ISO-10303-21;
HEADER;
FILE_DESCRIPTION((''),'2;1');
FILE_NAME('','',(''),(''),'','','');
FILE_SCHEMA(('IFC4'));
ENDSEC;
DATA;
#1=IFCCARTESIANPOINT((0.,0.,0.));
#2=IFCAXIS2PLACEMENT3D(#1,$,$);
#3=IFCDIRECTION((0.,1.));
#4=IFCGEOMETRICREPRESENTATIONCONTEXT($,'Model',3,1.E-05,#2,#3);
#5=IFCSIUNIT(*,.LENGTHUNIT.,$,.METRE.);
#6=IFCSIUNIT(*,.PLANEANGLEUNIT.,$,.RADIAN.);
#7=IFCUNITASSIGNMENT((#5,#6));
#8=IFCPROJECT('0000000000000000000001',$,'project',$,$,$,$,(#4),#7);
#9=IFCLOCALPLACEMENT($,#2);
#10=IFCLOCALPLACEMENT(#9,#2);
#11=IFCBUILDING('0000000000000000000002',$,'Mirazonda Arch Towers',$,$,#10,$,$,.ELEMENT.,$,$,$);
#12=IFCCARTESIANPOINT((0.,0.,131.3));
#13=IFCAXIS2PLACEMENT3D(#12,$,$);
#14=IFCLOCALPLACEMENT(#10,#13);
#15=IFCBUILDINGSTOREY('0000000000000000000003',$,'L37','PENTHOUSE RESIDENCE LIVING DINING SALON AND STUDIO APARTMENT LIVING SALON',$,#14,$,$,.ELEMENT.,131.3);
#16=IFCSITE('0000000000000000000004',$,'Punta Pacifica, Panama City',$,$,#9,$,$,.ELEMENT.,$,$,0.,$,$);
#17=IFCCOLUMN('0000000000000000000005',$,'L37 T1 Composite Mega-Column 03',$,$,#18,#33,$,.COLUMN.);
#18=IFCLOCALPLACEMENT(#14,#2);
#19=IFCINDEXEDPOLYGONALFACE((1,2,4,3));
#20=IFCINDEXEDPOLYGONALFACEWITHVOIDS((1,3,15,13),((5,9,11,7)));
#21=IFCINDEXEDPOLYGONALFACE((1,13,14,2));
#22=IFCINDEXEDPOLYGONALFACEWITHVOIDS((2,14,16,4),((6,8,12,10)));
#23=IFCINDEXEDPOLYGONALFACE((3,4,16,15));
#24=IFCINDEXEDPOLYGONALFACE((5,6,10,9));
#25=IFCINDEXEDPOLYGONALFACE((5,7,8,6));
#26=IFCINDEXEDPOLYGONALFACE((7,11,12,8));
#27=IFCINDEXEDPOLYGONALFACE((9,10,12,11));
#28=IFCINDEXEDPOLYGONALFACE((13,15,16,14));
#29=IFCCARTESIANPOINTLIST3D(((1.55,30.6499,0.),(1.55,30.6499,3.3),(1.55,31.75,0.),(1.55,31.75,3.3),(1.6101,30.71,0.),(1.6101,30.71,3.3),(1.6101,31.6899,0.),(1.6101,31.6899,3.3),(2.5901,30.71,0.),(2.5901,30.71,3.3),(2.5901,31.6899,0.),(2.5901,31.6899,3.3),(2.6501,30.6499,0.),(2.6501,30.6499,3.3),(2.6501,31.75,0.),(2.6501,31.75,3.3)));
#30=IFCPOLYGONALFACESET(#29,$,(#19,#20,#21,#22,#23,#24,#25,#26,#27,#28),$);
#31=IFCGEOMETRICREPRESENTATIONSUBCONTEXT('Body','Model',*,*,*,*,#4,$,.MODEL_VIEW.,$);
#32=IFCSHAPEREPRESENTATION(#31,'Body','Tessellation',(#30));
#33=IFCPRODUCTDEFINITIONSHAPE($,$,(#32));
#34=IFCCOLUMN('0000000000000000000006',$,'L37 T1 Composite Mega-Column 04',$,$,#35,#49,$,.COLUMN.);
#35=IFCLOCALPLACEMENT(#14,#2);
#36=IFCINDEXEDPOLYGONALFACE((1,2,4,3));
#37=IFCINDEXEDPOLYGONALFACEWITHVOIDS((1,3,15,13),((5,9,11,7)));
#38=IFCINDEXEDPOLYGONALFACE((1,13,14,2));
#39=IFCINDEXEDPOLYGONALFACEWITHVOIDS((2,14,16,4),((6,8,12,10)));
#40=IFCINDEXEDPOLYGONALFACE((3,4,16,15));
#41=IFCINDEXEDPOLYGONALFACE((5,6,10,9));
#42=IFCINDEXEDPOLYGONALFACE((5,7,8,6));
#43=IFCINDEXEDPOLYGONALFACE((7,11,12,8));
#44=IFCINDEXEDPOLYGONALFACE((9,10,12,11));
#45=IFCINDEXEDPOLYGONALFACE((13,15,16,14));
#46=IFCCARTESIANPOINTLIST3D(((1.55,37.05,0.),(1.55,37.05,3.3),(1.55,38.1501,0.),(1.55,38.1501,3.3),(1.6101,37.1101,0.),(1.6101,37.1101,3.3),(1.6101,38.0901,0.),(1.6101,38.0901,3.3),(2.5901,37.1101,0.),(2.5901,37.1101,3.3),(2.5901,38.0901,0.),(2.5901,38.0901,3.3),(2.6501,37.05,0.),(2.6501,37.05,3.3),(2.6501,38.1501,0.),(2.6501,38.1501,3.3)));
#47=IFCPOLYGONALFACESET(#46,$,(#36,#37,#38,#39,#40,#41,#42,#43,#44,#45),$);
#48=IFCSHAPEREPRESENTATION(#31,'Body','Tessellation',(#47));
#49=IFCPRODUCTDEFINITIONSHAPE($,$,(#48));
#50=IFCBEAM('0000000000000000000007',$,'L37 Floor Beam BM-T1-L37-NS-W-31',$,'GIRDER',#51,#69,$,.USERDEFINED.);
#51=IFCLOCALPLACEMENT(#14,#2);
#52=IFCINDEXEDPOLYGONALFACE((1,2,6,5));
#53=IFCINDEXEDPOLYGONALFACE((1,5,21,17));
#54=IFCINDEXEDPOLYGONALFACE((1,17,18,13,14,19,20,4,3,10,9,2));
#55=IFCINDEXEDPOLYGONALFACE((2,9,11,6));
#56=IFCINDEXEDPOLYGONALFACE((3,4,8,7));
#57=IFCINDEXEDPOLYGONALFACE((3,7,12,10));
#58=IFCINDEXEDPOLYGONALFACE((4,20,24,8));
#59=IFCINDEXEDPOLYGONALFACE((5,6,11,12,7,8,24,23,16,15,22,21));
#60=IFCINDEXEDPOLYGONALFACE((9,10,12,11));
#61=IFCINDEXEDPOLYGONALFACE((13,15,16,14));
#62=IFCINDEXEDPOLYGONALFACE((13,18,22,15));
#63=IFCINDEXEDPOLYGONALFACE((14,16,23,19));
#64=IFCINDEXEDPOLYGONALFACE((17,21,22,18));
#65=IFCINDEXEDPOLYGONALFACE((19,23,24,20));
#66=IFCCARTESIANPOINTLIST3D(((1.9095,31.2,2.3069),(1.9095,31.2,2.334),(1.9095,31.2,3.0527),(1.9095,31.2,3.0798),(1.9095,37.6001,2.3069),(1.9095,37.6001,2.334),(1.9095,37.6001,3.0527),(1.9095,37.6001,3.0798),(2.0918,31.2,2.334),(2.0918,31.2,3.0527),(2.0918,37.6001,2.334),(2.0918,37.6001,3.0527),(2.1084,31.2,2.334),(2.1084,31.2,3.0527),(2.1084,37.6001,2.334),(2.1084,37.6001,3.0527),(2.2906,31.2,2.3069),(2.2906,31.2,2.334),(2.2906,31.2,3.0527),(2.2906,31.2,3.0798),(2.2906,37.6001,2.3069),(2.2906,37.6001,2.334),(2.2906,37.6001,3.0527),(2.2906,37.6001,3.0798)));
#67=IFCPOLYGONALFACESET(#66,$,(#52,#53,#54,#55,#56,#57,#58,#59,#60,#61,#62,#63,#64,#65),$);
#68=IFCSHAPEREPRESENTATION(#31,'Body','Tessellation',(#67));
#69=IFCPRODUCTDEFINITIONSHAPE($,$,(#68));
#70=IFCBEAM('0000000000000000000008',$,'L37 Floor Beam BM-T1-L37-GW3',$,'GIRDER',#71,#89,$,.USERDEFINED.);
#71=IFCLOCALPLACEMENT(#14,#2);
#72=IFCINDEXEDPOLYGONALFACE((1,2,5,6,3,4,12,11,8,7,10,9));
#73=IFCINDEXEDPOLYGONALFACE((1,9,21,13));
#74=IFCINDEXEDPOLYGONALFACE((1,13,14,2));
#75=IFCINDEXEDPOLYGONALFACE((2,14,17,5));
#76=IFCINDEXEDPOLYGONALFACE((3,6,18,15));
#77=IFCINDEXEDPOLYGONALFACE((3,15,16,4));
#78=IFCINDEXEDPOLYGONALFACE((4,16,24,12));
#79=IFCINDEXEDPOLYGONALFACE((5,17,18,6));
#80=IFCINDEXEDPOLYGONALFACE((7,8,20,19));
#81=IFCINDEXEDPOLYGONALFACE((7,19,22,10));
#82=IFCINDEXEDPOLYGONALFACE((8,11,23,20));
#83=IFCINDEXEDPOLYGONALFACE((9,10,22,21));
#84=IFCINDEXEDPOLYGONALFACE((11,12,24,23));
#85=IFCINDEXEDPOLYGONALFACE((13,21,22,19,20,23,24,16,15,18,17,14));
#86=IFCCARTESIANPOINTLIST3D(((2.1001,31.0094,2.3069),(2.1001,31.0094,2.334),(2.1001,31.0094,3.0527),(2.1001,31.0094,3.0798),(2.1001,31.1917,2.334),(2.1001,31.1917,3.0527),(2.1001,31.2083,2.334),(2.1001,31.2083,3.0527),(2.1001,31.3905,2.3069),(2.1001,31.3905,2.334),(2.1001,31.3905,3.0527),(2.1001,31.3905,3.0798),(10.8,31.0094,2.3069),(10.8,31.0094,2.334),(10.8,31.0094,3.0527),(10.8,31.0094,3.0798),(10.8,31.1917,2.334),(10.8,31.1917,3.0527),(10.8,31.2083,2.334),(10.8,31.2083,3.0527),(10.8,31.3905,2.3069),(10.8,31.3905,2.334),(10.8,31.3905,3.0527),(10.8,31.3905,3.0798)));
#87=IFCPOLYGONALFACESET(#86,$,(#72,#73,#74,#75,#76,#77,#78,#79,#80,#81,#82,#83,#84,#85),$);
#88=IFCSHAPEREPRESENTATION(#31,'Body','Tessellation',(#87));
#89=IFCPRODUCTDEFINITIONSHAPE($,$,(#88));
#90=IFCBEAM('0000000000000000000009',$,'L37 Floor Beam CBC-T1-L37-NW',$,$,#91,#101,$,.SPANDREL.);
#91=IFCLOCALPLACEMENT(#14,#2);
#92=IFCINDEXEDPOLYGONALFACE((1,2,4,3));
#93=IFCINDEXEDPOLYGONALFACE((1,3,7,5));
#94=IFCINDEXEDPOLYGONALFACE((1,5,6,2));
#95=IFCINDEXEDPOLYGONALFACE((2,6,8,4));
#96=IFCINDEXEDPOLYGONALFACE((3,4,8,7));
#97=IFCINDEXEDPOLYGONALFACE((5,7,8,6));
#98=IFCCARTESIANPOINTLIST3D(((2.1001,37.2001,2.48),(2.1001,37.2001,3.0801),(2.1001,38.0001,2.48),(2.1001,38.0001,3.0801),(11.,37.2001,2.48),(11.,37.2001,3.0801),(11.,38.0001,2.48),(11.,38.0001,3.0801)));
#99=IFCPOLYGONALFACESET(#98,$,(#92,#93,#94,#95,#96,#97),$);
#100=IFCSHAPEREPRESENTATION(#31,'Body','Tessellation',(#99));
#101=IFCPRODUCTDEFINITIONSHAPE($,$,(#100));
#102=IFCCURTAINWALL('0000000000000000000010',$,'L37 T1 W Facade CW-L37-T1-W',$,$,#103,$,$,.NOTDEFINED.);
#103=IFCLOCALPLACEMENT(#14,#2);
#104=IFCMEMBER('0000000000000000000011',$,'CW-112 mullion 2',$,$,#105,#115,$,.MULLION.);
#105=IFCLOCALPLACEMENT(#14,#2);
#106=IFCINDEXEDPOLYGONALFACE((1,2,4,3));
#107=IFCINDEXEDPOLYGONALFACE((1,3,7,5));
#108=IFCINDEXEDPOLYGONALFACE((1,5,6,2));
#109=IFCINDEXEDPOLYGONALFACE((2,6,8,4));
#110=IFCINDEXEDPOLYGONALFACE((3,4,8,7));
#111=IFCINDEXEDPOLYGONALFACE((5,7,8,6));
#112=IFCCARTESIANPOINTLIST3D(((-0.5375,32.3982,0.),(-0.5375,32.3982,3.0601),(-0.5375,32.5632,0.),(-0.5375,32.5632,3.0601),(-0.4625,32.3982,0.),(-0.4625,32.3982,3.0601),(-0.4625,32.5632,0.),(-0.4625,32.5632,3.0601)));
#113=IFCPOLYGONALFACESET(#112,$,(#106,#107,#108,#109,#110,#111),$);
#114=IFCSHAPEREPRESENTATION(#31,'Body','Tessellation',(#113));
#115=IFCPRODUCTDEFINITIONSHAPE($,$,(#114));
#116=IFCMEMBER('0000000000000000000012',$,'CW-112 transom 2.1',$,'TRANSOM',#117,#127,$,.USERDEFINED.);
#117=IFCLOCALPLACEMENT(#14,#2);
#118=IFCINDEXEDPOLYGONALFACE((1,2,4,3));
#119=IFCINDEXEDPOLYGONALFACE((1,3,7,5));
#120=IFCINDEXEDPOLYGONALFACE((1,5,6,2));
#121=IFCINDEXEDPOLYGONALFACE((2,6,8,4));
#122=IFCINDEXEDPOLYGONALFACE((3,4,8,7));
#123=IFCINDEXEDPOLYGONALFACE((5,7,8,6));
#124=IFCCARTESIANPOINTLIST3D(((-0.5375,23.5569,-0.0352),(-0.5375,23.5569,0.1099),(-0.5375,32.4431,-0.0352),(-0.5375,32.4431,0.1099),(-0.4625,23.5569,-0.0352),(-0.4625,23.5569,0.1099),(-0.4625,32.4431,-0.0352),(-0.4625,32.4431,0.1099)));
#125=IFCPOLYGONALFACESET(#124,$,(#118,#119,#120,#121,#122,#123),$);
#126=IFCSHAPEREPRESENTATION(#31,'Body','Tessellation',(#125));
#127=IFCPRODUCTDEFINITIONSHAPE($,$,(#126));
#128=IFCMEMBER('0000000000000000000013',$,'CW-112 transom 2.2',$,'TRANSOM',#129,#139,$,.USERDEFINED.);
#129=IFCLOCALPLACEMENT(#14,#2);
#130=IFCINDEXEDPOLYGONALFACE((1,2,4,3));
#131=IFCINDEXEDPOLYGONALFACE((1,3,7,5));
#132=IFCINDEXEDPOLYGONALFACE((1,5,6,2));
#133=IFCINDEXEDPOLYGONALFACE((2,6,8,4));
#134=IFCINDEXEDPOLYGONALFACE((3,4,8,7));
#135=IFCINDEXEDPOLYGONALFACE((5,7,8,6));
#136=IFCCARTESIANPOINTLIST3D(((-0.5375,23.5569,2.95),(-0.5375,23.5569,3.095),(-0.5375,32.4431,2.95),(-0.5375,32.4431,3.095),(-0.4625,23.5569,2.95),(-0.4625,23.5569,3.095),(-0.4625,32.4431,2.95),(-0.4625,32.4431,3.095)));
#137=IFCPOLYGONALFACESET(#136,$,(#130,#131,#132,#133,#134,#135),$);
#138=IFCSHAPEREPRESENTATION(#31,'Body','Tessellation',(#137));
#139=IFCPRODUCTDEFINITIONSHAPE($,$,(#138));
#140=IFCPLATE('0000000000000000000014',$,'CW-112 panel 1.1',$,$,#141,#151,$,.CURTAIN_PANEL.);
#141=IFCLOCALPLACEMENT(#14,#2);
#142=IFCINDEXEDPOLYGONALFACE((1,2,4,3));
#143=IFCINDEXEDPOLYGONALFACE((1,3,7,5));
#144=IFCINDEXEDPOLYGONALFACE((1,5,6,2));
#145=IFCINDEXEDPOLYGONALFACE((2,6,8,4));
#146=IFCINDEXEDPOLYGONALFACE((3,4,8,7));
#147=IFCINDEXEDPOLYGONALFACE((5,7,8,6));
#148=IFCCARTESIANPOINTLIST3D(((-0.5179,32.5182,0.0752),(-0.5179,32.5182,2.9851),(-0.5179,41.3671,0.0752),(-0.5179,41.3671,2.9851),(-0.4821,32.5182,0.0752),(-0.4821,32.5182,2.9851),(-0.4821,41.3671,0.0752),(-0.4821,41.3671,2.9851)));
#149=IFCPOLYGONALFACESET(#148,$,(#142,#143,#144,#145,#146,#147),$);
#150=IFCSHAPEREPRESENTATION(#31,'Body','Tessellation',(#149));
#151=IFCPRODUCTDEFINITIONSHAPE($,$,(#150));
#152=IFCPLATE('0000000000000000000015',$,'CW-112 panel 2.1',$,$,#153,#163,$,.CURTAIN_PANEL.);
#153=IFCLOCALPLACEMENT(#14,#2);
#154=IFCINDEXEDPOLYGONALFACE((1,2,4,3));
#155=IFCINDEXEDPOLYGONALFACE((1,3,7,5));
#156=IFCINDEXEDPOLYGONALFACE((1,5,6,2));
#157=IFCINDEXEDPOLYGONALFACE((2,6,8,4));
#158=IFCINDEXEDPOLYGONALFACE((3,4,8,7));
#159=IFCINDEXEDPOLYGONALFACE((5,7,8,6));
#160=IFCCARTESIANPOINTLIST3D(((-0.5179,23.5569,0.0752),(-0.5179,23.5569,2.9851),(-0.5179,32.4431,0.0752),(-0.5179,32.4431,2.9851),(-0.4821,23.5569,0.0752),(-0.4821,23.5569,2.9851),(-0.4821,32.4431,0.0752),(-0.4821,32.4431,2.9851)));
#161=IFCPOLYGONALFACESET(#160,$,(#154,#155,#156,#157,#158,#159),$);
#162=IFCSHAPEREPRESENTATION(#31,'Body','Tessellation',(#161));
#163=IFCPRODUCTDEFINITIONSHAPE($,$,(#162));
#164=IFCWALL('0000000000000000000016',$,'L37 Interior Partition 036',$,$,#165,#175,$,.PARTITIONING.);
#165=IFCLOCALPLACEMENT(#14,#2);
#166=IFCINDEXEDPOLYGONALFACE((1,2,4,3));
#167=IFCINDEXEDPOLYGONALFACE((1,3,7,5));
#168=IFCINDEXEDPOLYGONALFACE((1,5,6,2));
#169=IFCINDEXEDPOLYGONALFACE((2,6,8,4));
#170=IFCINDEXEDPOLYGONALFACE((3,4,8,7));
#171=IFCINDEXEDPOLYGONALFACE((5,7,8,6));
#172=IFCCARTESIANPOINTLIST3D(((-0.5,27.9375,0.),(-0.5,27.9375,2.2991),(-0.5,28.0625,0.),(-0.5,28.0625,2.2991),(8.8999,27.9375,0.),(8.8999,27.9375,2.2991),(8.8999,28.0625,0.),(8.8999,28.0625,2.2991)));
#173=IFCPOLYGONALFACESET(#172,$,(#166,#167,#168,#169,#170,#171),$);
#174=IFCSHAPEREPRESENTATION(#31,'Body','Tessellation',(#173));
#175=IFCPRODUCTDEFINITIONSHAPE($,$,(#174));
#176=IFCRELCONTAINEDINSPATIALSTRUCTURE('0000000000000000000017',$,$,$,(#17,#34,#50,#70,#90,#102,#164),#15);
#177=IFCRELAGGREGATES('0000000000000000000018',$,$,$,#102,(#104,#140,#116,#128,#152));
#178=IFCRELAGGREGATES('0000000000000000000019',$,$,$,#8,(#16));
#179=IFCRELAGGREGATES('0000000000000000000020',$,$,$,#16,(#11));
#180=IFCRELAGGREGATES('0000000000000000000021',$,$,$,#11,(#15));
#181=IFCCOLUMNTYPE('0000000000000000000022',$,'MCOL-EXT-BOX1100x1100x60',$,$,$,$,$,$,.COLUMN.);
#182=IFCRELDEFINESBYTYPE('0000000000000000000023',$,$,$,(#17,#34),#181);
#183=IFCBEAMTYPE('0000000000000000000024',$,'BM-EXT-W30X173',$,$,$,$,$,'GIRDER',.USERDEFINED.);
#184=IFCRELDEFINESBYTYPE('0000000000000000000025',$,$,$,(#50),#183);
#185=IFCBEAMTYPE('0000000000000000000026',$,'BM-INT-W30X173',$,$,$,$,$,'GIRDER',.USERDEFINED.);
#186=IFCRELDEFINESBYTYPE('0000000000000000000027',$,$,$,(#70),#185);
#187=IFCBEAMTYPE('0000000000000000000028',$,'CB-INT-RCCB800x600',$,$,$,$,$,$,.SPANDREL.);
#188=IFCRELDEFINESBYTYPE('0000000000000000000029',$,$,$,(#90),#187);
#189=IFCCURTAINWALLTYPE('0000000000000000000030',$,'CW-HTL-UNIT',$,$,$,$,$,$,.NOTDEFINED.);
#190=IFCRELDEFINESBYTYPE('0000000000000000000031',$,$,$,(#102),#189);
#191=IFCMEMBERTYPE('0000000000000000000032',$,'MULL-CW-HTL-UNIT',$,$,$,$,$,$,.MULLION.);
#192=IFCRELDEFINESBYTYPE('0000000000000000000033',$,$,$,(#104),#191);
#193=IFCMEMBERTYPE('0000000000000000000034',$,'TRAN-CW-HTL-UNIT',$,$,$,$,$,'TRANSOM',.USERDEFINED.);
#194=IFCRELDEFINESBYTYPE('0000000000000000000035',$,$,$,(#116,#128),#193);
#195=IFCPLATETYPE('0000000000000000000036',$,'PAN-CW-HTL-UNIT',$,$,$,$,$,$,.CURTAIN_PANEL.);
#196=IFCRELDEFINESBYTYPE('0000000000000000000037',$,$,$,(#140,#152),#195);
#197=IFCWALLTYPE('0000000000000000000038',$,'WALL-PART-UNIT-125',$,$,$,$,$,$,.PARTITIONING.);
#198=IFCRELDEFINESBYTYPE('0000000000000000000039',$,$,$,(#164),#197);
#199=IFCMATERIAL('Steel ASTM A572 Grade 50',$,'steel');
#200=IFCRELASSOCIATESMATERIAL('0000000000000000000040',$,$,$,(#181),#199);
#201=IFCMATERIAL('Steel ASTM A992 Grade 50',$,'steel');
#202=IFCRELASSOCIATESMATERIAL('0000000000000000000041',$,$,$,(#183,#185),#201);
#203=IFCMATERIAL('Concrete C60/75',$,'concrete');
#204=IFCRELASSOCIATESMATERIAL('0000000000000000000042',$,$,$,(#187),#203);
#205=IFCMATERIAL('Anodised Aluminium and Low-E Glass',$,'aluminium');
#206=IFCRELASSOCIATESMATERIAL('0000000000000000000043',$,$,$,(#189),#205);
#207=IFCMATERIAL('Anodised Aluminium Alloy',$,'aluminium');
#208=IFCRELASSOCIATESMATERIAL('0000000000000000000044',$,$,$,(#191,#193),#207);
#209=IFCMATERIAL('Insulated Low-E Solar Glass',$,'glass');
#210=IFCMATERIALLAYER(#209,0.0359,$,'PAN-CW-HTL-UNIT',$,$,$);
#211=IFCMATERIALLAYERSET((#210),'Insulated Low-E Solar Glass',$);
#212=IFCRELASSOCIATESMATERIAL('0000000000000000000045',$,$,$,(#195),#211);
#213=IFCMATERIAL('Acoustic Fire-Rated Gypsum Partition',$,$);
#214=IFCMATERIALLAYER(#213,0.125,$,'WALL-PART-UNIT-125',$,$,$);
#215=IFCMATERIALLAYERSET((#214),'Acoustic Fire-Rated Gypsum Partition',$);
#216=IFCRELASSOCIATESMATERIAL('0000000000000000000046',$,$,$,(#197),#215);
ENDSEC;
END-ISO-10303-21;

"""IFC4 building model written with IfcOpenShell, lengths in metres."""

from ifc_helpers import new_model, si_unit, direction, frame, frame_2d, origin, origin_2d, place, context, subcontext, project, spatial, rectangle, hollow_rectangle, i_section, extrude, material, layer, layer_set, material_profile, profile_set, type_object, element, aggregate, save


model = new_model("IFC4")

# Units and contexts
model_context = context("Model", 3, precision=1e-05, world=origin(), true_north=direction((0.0, 1.0)))
body_context = subcontext(model_context, "Body", "Model", "MODEL_VIEW")
ifc_project = project(units=[si_unit("LENGTHUNIT", "METRE"), si_unit("PLANEANGLEUNIT", "RADIAN")], contexts=[model_context])

# Site, building, storey
site_placement = place(None, origin())
site = spatial("IfcSite", under=ifc_project, at=site_placement, Name="Punta Pacifica, Panama City", CompositionType="ELEMENT", RefElevation=0.0)
building_placement = place(site_placement, origin())
building = spatial("IfcBuilding", under=site, at=building_placement, Name="Mirazonda Arch Towers", CompositionType="ELEMENT")
storey_placement = place(building_placement, frame((0.0, 0.0, 131.3)))
storey = spatial("IfcBuildingStorey", under=building, at=storey_placement, Name="L37", Description="PENTHOUSE RESIDENCE LIVING DINING SALON AND STUDIO APARTMENT LIVING SALON", CompositionType="ELEMENT", Elevation=131.3)

# Columns
ifc_material_1 = material(Name="Steel ASTM A572 Grade 50", Category="steel")
ifc_material_profile_1 = material_profile(ifc_material_1, hollow_rectangle(XDim=1.1001, YDim=1.1001, WallThickness=0.0601, at=origin_2d()), Name="BOX1100x1100x60")
ifc_profile_set_1 = profile_set([ifc_material_profile_1], Name="Steel ASTM A572 Grade 50")
column_type = type_object("IfcColumnType", Name="MCOL-EXT-BOX1100x1100x60", PredefinedType="COLUMN", material=ifc_profile_set_1)
for number, where, z_axis, x_axis, name in (
    (1, (2.1001, 31.2, 0.0), (0.0, 0.0, 1.0), (1.0, 0.0, 0.0), "L37 T1 Composite Mega-Column 03"),
    (2, (2.1001, 37.6001, 0.0), (0.0, 0.0, 1.0), (1.0, 0.0, 0.0), "L37 T1 Composite Mega-Column 04"),
):
    element("IfcColumn", number, at=place(storey_placement, frame(where, z_axis=z_axis, x_axis=x_axis)), inside=storey, type_object=column_type, Name=name, PredefinedType="COLUMN", context=body_context, shape_type="SweptSolid", body=[
        extrude(hollow_rectangle(XDim=1.1001, YDim=1.1001, WallThickness=0.0601, at=origin_2d()), origin(), (0.0, 0.0, 1.0), 3.3),
    ])

# Beams
ifc_material_2 = material(Name="Steel ASTM A992 Grade 50", Category="steel")
ifc_material_profile_2 = material_profile(ifc_material_2, i_section(OverallWidth=0.3811, OverallDepth=0.7729, WebThickness=0.0166, FlangeThickness=0.0271, at=origin_2d()), Name="W30X173")
ifc_profile_set_2 = profile_set([ifc_material_profile_2], Name="Steel ASTM A992 Grade 50")
beam_type_1 = type_object("IfcBeamType", Name="BM-EXT-W30X173", ElementType="GIRDER", PredefinedType="USERDEFINED", material=ifc_profile_set_2)
beam_1_placement = place(storey_placement, frame((2.1001, 31.2, 2.6934), z_axis=(0.0, 1.0, 0.0), x_axis=(-1.0, 0.0, 0.0)))
element("IfcBeam", 3, at=beam_1_placement, inside=storey, type_object=beam_type_1, Name="L37 Floor Beam BM-T1-L37-NS-W-31", ObjectType="GIRDER", PredefinedType="USERDEFINED", context=body_context, shape_type="SweptSolid", body=[
    extrude(i_section(OverallWidth=0.3811, OverallDepth=0.7729, WebThickness=0.0166, FlangeThickness=0.0271, at=origin_2d()), origin(), (0.0, 0.0, 1.0), 6.4001),
])
ifc_material_profile_3 = material_profile(ifc_material_2, i_section(OverallWidth=0.3811, OverallDepth=0.7729, WebThickness=0.0166, FlangeThickness=0.0271, at=origin_2d()), Name="W30X173")
ifc_profile_set_3 = profile_set([ifc_material_profile_3], Name="Steel ASTM A992 Grade 50")
beam_type_2 = type_object("IfcBeamType", Name="BM-INT-W30X173", ElementType="GIRDER", PredefinedType="USERDEFINED", material=ifc_profile_set_3)
beam_2_placement = place(storey_placement, frame((2.1001, 31.2, 2.6934), z_axis=(1.0, 0.0, 0.0), x_axis=(0.0, 1.0, 0.0)))
element("IfcBeam", 4, at=beam_2_placement, inside=storey, type_object=beam_type_2, Name="L37 Floor Beam BM-T1-L37-GW3", ObjectType="GIRDER", PredefinedType="USERDEFINED", context=body_context, shape_type="SweptSolid", body=[
    extrude(i_section(OverallWidth=0.3811, OverallDepth=0.7729, WebThickness=0.0166, FlangeThickness=0.0271, at=origin_2d()), origin(), (0.0, 0.0, 1.0), 8.7),
])
ifc_material_3 = material(Name="Concrete C60/75", Category="concrete")
ifc_material_profile_4 = material_profile(ifc_material_3, rectangle(XDim=0.8, YDim=0.6001, at=origin_2d()), Name="RCCB800x600")
ifc_profile_set_4 = profile_set([ifc_material_profile_4], Name="Concrete C60/75")
beam_type_3 = type_object("IfcBeamType", Name="CB-INT-RCCB800x600", PredefinedType="SPANDREL", material=ifc_profile_set_4)
beam_3_placement = place(storey_placement, frame((2.1001, 37.6001, 2.78), z_axis=(1.0, 0.0, 0.0), x_axis=(0.0, 1.0, 0.0)))
element("IfcBeam", 5, at=beam_3_placement, inside=storey, type_object=beam_type_3, Name="L37 Floor Beam CBC-T1-L37-NW", PredefinedType="SPANDREL", context=body_context, shape_type="SweptSolid", body=[
    extrude(rectangle(XDim=0.8, YDim=0.6001, at=origin_2d()), origin(), (0.0, 0.0, 1.0), 8.8999),
])

# Curtain wall, members, plates
ifc_material_4 = material(Name="Anodised Aluminium and Low-E Glass", Category="aluminium")
curtain_wall_type = type_object("IfcCurtainWallType", Name="CW-HTL-UNIT", PredefinedType="NOTDEFINED", material=ifc_material_4)
curtain_wall_placement = place(storey_placement, origin())
curtain_wall = element("IfcCurtainWall", 6, at=curtain_wall_placement, inside=storey, type_object=curtain_wall_type, Name="L37 T1 W Facade CW-L37-T1-W", PredefinedType="NOTDEFINED")
ifc_material_5 = material(Name="Anodised Aluminium Alloy", Category="aluminium")
ifc_material_profile_5 = material_profile(ifc_material_5, rectangle(XDim=0.075, YDim=0.165, at=origin_2d()), Name="ALU-MULL-75x165")
ifc_profile_set_5 = profile_set([ifc_material_profile_5], Name="Anodised Aluminium Alloy")
member_type_1 = type_object("IfcMemberType", Name="MULL-CW-HTL-UNIT", PredefinedType="MULLION", material=ifc_profile_set_5)
member_1_placement = place(storey_placement, frame((-0.5, 32.4807, 0.0), z_axis=(0.0, 0.0, 1.0), x_axis=(1.0, 0.0, 0.0)))
member_1 = element("IfcMember", 7, at=member_1_placement, type_object=member_type_1, Name="CW-112 mullion 2", PredefinedType="MULLION", context=body_context, shape_type="SweptSolid", body=[
    extrude(rectangle(XDim=0.075, YDim=0.165, at=origin_2d()), origin(), (0.0, 0.0, 1.0), 3.0601),
])
ifc_material_profile_6 = material_profile(ifc_material_5, rectangle(XDim=0.075, YDim=0.145, at=origin_2d()), Name="ALU-TRAN-75x145")
ifc_profile_set_6 = profile_set([ifc_material_profile_6], Name="Anodised Aluminium Alloy")
member_type_2 = type_object("IfcMemberType", Name="TRAN-CW-HTL-UNIT", ElementType="TRANSOM", PredefinedType="USERDEFINED", material=ifc_profile_set_6)
member_2_placement = place(storey_placement, frame((-0.5, 32.4431, 0.0374), z_axis=(0.0, -1.0, 0.0), x_axis=(1.0, 0.0, 0.0)))
member_2 = element("IfcMember", 8, at=member_2_placement, type_object=member_type_2, Name="CW-112 transom 2.1", ObjectType="TRANSOM", PredefinedType="USERDEFINED", context=body_context, shape_type="SweptSolid", body=[
    extrude(rectangle(XDim=0.075, YDim=0.145, at=origin_2d()), origin(), (0.0, 0.0, 1.0), 8.8862),
])
member_3_placement = place(storey_placement, frame((-0.5, 32.4431, 3.0225), z_axis=(0.0, -1.0, 0.0), x_axis=(1.0, 0.0, 0.0)))
member_3 = element("IfcMember", 9, at=member_3_placement, type_object=member_type_2, Name="CW-112 transom 2.2", ObjectType="TRANSOM", PredefinedType="USERDEFINED", context=body_context, shape_type="SweptSolid", body=[
    extrude(rectangle(XDim=0.075, YDim=0.145, at=origin_2d()), origin(), (0.0, 0.0, 1.0), 8.8862),
])
ifc_material_6 = material(Name="Insulated Low-E Solar Glass", Category="glass")
ifc_layer_1 = layer(ifc_material_6, 0.0359, Name="PAN-CW-HTL-UNIT")
ifc_layer_set_1 = layer_set([ifc_layer_1], Name="Insulated Low-E Solar Glass")
plate_type = type_object("IfcPlateType", Name="PAN-CW-HTL-UNIT", PredefinedType="CURTAIN_PANEL", material=ifc_layer_set_1)
plate_1_placement = place(storey_placement, frame((-0.5, 36.9426, 0.0752), z_axis=(0.0, 0.0, 1.0), x_axis=(0.0, -1.0, 0.0)))
plate_1 = element("IfcPlate", 10, at=plate_1_placement, type_object=plate_type, Name="CW-112 panel 1.1", PredefinedType="CURTAIN_PANEL", context=body_context, shape_type="SweptSolid", body=[
    extrude(rectangle(XDim=8.8489, YDim=0.0359, at=origin_2d()), origin(), (0.0, 0.0, 1.0), 2.9099),
])
plate_2_placement = place(storey_placement, frame((-0.5, 28.0, 0.0752), z_axis=(0.0, 0.0, 1.0), x_axis=(0.0, -1.0, 0.0)))
plate_2 = element("IfcPlate", 11, at=plate_2_placement, type_object=plate_type, Name="CW-112 panel 2.1", PredefinedType="CURTAIN_PANEL", context=body_context, shape_type="SweptSolid", body=[
    extrude(rectangle(XDim=8.8862, YDim=0.0359, at=origin_2d()), origin(), (0.0, 0.0, 1.0), 2.9099),
])
aggregate(curtain_wall, [member_1, plate_1, member_2, member_3, plate_2])

# Wall
ifc_material_7 = material(Name="Acoustic Fire-Rated Gypsum Partition")
ifc_layer_2 = layer(ifc_material_7, 0.125, Name="WALL-PART-UNIT-125")
ifc_layer_set_2 = layer_set([ifc_layer_2], Name="Acoustic Fire-Rated Gypsum Partition")
wall_type_1 = type_object("IfcWallType", Name="WALL-PART-UNIT-125", PredefinedType="PARTITIONING", material=ifc_layer_set_2)
wall_1_placement = place(storey_placement, frame((-0.5, 28.0, 0.0), z_axis=(0.0, 0.0, 1.0), x_axis=(1.0, 0.0, 0.0)))
element("IfcWall", 12, at=wall_1_placement, inside=storey, type_object=wall_type_1, Name="L37 Interior Partition 036", PredefinedType="PARTITIONING", context=body_context, shape_type="SweptSolid", body=[
    extrude(rectangle(XDim=9.3999, YDim=0.125, at=frame_2d((4.7, 0.0))), origin(), (0.0, 0.0, 1.0), 2.2991),
])

save(model, "model.ifc")
